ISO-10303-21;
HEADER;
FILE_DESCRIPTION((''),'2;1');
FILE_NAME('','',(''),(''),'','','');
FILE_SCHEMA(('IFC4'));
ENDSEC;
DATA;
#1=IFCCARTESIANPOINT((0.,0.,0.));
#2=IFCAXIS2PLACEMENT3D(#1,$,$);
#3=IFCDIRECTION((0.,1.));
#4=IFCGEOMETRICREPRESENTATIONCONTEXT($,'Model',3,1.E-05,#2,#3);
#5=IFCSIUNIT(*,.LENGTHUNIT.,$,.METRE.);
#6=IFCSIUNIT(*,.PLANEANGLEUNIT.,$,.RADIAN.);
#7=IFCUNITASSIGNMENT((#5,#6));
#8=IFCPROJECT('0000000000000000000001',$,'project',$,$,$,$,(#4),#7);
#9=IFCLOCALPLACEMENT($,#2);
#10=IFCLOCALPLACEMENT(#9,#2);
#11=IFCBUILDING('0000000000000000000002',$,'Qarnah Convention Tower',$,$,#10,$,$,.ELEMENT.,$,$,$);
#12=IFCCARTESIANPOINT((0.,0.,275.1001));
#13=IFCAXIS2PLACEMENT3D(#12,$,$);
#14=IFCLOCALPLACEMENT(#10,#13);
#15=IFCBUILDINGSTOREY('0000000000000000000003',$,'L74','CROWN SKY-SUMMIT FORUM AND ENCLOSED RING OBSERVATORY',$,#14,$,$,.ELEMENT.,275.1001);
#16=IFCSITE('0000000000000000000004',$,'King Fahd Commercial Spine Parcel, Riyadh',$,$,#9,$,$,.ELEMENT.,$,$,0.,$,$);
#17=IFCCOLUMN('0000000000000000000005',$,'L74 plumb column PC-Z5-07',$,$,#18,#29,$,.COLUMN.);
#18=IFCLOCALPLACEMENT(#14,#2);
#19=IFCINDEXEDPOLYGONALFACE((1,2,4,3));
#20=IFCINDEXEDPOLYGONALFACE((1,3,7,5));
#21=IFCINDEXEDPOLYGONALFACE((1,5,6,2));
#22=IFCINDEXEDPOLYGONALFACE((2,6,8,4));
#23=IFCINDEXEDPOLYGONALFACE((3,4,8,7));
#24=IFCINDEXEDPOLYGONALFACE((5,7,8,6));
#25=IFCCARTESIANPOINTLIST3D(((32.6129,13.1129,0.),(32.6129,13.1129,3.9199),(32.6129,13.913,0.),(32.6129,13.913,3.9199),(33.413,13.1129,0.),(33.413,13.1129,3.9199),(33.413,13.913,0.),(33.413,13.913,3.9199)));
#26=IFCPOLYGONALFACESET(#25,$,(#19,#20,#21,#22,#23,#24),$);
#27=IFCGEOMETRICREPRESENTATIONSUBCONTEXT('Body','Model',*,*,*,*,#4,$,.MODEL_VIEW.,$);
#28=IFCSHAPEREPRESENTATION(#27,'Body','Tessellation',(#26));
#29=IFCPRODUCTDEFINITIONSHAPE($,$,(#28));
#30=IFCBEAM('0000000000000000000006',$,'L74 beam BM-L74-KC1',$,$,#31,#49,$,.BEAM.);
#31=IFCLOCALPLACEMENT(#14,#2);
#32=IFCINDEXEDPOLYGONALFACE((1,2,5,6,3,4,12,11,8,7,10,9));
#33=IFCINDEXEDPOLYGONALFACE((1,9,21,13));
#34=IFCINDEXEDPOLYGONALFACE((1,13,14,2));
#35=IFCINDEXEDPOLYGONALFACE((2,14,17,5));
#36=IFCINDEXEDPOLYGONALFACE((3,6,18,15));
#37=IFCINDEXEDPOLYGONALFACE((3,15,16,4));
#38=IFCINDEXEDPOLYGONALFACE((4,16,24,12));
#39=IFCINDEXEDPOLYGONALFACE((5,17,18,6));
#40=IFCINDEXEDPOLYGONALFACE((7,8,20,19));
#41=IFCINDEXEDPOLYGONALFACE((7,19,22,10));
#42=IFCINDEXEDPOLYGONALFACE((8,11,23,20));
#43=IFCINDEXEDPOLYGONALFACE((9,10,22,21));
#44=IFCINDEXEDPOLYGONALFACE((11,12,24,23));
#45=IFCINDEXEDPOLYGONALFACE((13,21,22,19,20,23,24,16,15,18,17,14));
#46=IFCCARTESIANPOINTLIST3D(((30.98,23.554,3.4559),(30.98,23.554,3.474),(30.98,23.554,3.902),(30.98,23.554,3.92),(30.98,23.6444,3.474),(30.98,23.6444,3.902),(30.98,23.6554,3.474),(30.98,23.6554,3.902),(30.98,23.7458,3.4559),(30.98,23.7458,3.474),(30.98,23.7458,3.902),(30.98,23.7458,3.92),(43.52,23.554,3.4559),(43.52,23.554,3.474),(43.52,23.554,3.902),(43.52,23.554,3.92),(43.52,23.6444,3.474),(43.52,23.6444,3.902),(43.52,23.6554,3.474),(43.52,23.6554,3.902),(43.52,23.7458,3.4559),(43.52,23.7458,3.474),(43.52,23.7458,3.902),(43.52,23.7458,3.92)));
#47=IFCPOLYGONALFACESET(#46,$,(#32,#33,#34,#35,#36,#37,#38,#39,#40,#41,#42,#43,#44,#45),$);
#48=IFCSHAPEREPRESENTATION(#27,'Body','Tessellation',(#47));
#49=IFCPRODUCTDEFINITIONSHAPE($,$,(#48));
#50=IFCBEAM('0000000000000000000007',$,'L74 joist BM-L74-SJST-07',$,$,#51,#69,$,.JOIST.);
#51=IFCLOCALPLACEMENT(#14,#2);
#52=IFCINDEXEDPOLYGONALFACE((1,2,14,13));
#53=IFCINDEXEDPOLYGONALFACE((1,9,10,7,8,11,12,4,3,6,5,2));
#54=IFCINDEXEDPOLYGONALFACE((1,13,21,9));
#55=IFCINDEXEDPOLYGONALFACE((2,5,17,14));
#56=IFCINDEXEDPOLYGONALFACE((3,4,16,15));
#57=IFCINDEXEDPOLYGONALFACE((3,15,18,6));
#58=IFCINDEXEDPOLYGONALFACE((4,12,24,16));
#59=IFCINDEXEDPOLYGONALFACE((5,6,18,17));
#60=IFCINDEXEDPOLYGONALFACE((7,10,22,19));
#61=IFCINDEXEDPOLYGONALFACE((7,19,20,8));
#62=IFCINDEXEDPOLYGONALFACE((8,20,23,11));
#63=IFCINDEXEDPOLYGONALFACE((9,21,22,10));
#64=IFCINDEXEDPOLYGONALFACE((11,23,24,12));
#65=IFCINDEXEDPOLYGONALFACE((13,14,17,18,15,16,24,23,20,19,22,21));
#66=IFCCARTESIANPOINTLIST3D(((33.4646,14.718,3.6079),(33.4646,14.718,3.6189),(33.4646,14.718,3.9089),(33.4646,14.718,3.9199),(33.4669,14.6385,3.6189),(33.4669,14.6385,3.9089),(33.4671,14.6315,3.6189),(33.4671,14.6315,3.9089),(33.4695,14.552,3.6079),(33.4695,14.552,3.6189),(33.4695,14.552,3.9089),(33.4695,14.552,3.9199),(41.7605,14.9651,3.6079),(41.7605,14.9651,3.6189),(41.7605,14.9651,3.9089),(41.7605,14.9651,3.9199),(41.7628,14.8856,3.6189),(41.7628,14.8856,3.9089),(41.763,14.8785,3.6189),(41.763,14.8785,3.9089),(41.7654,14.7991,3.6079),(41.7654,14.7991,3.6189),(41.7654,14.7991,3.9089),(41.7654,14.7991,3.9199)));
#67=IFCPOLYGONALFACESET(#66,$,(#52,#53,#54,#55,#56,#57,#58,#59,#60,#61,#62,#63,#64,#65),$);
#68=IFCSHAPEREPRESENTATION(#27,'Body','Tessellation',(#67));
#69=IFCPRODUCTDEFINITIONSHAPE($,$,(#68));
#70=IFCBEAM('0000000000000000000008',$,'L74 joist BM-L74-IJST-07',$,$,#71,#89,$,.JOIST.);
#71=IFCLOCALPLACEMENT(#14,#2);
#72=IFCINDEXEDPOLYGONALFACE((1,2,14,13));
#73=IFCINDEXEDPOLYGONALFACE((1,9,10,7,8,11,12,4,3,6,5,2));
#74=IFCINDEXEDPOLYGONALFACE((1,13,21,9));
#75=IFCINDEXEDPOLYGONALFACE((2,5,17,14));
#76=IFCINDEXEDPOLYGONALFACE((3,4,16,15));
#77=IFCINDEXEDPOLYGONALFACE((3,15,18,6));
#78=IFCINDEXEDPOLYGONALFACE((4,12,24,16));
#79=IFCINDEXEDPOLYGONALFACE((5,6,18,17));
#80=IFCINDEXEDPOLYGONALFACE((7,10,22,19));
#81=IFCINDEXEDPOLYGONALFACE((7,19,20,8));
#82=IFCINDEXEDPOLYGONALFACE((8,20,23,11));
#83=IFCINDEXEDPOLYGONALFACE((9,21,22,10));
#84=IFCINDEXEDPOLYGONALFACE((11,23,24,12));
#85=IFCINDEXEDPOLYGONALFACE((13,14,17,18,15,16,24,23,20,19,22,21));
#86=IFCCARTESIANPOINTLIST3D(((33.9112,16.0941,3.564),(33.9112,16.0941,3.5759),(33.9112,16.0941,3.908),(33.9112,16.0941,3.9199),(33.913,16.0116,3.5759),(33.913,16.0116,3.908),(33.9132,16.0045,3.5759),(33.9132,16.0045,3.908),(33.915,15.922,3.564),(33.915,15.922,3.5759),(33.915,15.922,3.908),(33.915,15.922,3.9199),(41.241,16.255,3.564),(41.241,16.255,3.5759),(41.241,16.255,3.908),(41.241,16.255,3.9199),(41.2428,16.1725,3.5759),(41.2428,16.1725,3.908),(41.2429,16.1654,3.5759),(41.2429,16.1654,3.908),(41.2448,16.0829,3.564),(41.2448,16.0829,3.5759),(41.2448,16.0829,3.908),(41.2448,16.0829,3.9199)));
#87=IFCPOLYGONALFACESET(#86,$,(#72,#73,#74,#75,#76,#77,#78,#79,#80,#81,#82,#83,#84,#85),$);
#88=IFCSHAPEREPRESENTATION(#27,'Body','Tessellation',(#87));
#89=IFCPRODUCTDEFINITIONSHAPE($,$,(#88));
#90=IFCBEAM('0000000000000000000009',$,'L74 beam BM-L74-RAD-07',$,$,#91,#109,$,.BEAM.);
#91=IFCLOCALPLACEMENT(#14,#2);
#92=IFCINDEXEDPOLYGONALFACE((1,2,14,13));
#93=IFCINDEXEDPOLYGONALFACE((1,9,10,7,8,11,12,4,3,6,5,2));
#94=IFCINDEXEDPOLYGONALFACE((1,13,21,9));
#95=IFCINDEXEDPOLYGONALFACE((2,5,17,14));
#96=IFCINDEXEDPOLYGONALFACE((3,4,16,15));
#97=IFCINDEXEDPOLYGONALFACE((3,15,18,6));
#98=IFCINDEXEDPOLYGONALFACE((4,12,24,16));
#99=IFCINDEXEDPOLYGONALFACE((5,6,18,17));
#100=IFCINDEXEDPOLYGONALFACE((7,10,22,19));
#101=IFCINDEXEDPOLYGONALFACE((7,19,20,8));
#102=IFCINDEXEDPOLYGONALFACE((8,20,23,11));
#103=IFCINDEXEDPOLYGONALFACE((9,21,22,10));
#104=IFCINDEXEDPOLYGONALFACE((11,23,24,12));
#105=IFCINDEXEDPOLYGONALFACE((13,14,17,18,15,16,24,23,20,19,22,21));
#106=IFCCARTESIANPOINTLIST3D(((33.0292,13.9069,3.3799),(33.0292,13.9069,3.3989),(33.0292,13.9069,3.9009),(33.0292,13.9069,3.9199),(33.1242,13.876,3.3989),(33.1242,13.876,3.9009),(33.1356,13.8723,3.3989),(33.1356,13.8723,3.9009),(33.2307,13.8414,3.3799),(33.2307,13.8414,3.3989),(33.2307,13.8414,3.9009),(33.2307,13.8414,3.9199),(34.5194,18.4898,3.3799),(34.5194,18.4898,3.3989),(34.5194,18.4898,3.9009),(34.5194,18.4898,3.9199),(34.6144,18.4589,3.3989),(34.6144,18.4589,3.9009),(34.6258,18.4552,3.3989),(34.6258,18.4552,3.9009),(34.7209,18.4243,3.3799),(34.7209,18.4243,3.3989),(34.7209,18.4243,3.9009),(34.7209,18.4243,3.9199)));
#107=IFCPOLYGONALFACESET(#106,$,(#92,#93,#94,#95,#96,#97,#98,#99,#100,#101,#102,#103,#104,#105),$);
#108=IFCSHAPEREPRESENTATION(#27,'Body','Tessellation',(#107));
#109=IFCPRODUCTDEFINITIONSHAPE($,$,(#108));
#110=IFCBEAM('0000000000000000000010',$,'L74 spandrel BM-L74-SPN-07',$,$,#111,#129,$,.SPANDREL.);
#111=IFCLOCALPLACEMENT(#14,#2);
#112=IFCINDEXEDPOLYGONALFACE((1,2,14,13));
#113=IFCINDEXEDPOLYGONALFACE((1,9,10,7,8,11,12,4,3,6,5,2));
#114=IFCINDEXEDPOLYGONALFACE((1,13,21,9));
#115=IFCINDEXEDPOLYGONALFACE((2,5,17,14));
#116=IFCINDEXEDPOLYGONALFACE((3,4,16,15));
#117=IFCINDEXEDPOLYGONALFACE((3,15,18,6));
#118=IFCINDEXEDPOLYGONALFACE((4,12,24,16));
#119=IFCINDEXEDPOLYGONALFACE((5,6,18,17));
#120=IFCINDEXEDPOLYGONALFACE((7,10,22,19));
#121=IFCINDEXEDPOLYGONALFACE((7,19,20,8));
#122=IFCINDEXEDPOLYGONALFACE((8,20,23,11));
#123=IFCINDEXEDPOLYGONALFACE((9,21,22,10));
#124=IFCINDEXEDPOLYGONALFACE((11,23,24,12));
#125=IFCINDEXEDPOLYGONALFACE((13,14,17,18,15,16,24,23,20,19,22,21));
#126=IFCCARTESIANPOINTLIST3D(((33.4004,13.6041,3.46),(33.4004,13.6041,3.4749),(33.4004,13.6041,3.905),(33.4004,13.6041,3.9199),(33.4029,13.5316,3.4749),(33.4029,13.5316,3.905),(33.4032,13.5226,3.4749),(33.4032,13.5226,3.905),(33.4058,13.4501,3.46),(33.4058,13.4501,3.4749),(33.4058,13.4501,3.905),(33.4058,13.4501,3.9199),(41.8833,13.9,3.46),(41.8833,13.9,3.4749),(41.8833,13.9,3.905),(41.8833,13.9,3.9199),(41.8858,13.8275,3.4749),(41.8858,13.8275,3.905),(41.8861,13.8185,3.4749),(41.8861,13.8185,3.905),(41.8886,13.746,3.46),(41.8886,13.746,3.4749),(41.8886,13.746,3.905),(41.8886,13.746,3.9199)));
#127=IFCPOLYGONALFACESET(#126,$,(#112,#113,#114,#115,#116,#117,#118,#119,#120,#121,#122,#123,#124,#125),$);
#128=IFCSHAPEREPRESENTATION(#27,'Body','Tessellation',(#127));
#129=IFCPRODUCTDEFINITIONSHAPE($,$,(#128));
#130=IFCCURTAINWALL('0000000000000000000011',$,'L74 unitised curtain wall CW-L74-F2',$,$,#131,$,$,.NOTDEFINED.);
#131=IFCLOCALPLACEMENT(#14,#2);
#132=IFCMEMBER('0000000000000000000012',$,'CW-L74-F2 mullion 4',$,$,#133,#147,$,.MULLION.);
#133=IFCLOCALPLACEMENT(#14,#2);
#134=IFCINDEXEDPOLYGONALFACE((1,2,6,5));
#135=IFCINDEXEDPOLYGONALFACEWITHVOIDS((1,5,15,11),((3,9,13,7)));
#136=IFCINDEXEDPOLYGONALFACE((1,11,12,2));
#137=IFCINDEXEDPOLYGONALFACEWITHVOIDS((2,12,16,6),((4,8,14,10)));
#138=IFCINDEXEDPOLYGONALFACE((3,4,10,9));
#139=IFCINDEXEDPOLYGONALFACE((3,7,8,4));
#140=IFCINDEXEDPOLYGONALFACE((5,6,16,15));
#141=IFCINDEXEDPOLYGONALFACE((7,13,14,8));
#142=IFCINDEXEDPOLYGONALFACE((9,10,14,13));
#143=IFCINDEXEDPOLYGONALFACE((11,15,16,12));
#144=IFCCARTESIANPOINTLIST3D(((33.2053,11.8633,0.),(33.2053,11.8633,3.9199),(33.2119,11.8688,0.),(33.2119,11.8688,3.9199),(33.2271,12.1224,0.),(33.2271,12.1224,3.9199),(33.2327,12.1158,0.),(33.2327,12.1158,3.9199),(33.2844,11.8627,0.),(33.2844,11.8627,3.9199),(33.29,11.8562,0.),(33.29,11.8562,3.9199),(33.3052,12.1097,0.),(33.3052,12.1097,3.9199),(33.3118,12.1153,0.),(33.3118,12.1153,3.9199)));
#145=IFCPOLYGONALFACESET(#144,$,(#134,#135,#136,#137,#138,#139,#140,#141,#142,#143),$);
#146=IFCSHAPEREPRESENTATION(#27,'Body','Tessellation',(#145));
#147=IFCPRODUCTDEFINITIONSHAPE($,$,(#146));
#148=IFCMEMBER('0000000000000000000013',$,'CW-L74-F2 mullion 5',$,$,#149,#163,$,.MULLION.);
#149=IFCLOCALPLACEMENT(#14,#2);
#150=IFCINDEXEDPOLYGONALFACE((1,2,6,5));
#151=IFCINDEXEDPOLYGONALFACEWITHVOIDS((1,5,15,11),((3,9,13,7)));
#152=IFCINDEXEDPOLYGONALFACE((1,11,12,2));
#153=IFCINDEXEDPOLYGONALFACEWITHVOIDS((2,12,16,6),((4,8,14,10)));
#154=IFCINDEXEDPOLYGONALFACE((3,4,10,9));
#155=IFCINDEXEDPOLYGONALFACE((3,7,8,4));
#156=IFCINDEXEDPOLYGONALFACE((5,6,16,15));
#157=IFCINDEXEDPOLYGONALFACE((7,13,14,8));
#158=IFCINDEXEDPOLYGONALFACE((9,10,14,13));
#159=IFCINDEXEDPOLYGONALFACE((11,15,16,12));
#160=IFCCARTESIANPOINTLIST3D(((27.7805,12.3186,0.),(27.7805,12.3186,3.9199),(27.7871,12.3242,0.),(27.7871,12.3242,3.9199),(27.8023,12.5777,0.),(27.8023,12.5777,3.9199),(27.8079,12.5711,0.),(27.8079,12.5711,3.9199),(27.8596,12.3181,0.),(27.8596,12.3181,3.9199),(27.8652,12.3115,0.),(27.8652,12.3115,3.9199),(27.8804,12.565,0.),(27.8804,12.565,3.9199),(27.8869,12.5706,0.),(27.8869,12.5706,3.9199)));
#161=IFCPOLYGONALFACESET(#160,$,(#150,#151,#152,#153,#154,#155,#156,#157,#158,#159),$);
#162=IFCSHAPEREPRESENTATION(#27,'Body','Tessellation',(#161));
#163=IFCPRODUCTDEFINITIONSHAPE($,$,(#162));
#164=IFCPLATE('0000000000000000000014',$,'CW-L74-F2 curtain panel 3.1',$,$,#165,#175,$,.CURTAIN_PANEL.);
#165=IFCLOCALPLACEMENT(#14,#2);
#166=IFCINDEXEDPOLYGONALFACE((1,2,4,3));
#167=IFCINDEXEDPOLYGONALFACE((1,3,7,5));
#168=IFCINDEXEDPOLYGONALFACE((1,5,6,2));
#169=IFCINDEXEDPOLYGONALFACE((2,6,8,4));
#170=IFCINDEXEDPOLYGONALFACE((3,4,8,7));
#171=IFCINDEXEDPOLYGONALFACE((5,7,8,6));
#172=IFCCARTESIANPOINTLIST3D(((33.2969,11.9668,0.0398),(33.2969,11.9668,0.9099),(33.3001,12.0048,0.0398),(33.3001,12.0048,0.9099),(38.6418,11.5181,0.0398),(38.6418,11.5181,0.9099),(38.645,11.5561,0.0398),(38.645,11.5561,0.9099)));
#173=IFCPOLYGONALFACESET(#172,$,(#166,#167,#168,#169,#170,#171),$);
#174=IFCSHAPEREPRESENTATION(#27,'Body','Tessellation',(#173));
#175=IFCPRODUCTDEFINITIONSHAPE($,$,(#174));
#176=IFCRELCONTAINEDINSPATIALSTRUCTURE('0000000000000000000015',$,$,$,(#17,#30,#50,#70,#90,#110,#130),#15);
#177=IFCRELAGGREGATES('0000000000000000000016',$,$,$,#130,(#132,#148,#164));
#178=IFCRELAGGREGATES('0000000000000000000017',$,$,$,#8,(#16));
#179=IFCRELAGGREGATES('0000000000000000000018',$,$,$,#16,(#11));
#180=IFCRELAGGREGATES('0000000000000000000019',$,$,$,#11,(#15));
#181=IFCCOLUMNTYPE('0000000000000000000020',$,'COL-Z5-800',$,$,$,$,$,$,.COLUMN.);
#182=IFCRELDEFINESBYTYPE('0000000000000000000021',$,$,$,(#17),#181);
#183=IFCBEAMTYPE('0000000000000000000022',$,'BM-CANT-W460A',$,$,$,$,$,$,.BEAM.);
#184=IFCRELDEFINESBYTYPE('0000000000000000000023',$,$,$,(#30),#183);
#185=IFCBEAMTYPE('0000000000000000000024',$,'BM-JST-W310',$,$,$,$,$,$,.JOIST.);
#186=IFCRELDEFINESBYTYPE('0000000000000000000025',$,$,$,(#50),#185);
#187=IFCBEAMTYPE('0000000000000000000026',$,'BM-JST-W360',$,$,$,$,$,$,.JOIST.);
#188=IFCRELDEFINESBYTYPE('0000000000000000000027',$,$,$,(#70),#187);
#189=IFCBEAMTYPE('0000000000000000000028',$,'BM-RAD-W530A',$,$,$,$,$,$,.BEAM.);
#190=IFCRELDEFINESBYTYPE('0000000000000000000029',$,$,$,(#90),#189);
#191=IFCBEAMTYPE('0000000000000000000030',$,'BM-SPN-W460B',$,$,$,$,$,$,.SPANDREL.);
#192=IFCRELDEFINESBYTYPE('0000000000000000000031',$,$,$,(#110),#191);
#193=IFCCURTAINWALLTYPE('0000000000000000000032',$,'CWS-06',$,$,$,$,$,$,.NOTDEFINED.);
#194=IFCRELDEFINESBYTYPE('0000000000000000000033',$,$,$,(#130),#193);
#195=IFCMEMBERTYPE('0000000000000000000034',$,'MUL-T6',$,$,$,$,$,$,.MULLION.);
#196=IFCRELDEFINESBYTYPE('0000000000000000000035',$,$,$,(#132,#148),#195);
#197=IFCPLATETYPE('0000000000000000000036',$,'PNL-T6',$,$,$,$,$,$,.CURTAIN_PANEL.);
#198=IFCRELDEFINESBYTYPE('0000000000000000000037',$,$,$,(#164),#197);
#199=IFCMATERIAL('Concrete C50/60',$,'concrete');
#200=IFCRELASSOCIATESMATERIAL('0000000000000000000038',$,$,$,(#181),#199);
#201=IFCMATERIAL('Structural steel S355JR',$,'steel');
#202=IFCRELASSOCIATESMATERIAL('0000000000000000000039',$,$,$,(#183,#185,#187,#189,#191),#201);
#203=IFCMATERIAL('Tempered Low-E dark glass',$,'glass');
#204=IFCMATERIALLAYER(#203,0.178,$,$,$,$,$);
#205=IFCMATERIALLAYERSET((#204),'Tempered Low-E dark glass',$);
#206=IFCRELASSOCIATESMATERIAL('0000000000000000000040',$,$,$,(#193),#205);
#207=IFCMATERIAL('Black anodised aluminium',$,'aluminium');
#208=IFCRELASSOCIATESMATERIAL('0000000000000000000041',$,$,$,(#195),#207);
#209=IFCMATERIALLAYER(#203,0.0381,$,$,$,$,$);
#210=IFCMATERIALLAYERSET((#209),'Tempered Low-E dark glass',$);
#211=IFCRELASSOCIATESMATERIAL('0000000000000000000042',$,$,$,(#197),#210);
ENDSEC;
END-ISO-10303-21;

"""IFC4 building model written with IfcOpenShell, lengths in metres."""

from ifc_helpers import new_model, si_unit, direction, frame, origin, origin_2d, place, context, subcontext, project, spatial, rectangle, hollow_rectangle, i_section, extrude, material, layer, layer_set, material_profile, profile_set, type_object, element, aggregate, save


model = new_model("IFC4")

# Units and contexts
model_context = context("Model", 3, precision=1e-05, world=origin(), true_north=direction((0.0, 1.0)))
body_context = subcontext(model_context, "Body", "Model", "MODEL_VIEW")
ifc_project = project(units=[si_unit("LENGTHUNIT", "METRE"), si_unit("PLANEANGLEUNIT", "RADIAN")], contexts=[model_context])

# Site, building, storey
site_placement = place(None, origin())
site = spatial("IfcSite", under=ifc_project, at=site_placement, Name="King Fahd Commercial Spine Parcel, Riyadh", CompositionType="ELEMENT", RefElevation=0.0)
building_placement = place(site_placement, origin())
building = spatial("IfcBuilding", under=site, at=building_placement, Name="Qarnah Convention Tower", CompositionType="ELEMENT")
storey_placement = place(building_placement, frame((0.0, 0.0, 275.1001)))
storey = spatial("IfcBuildingStorey", under=building, at=storey_placement, Name="L74", Description="CROWN SKY-SUMMIT FORUM AND ENCLOSED RING OBSERVATORY", CompositionType="ELEMENT", Elevation=275.1001)

# Column
ifc_material_1 = material(Name="Concrete C50/60", Category="concrete")
ifc_material_profile_1 = material_profile(ifc_material_1, rectangle(XDim=0.8, YDim=0.8, at=origin_2d()), Name="RC-COL-800X800")
ifc_profile_set_1 = profile_set([ifc_material_profile_1], Name="Concrete C50/60")
column_type = type_object("IfcColumnType", Name="COL-Z5-800", PredefinedType="COLUMN", material=ifc_profile_set_1)
column_placement = place(storey_placement, frame((33.0129, 13.5129, 0.0), z_axis=(0.0, 0.0, 1.0), x_axis=(1.0, 0.0, 0.0)))
element("IfcColumn", 1, at=column_placement, inside=storey, type_object=column_type, Name="L74 plumb column PC-Z5-07", PredefinedType="COLUMN", context=body_context, shape_type="SweptSolid", body=[
    extrude(rectangle(XDim=0.8, YDim=0.8, at=origin_2d()), origin(), (0.0, 0.0, 1.0), 3.9199),
])

# Beams
ifc_material_2 = material(Name="Structural steel S355JR", Category="steel")
ifc_material_profile_2 = material_profile(ifc_material_2, i_section(OverallWidth=0.1919, OverallDepth=0.4641, WebThickness=0.011, FlangeThickness=0.0181, at=origin_2d()), Name="W460X89")
ifc_profile_set_2 = profile_set([ifc_material_profile_2], Name="Structural steel S355JR")
beam_type_1 = type_object("IfcBeamType", Name="BM-CANT-W460A", PredefinedType="BEAM", material=ifc_profile_set_2)
beam_1_placement = place(storey_placement, frame((30.98, 23.6499, 3.688), z_axis=(1.0, 0.0, 0.0), x_axis=(0.0, 1.0, 0.0)))
element("IfcBeam", 2, at=beam_1_placement, inside=storey, type_object=beam_type_1, Name="L74 beam BM-L74-KC1", PredefinedType="BEAM", context=body_context, shape_type="SweptSolid", body=[
    extrude(i_section(OverallWidth=0.1919, OverallDepth=0.4641, WebThickness=0.011, FlangeThickness=0.0181, at=origin_2d()), origin(), (0.0, 0.0, 1.0), 12.54),
])
ifc_material_profile_3 = material_profile(ifc_material_2, i_section(OverallWidth=0.166, OverallDepth=0.312, WebThickness=0.0071, FlangeThickness=0.011, at=origin_2d()), Name="W310X45")
ifc_profile_set_3 = profile_set([ifc_material_profile_3], Name="Structural steel S355JR")
beam_type_2 = type_object("IfcBeamType", Name="BM-JST-W310", PredefinedType="JOIST", material=ifc_profile_set_3)
beam_2_placement = place(storey_placement, frame((33.467, 14.635, 3.7639), z_axis=(0.999557, 0.029769, 0.0), x_axis=(-0.029769, 0.999557, 0.0)))
element("IfcBeam", 3, at=beam_2_placement, inside=storey, type_object=beam_type_2, Name="L74 joist BM-L74-SJST-07", PredefinedType="JOIST", context=body_context, shape_type="SweptSolid", body=[
    extrude(i_section(OverallWidth=0.166, OverallDepth=0.312, WebThickness=0.0071, FlangeThickness=0.011, at=origin_2d()), origin(), (0.0, 0.0, 1.0), 8.2996),
])
ifc_material_profile_4 = material_profile(ifc_material_2, i_section(OverallWidth=0.1721, OverallDepth=0.356, WebThickness=0.0071, FlangeThickness=0.012, at=origin_2d()), Name="W360X51")
ifc_profile_set_4 = profile_set([ifc_material_profile_4], Name="Structural steel S355JR")
beam_type_3 = type_object("IfcBeamType", Name="BM-JST-W360", PredefinedType="JOIST", material=ifc_profile_set_4)
beam_3_placement = place(storey_placement, frame((33.9131, 16.0081, 3.7419), z_axis=(0.999759, 0.021945, 0.0), x_axis=(-0.021945, 0.999759, 0.0)))
element("IfcBeam", 4, at=beam_3_placement, inside=storey, type_object=beam_type_3, Name="L74 joist BM-L74-IJST-07", PredefinedType="JOIST", context=body_context, shape_type="SweptSolid", body=[
    extrude(i_section(OverallWidth=0.1721, OverallDepth=0.356, WebThickness=0.0071, FlangeThickness=0.012, at=origin_2d()), origin(), (0.0, 0.0, 1.0), 7.3315),
])
ifc_material_profile_5 = material_profile(ifc_material_2, i_section(OverallWidth=0.2119, OverallDepth=0.54, WebThickness=0.012, FlangeThickness=0.019, at=origin_2d()), Name="W530X109")
ifc_profile_set_5 = profile_set([ifc_material_profile_5], Name="Structural steel S355JR")
beam_type_4 = type_object("IfcBeamType", Name="BM-RAD-W530A", PredefinedType="BEAM", material=ifc_profile_set_5)
beam_4_placement = place(storey_placement, frame((34.6201, 18.457, 3.6499), z_axis=(-0.309228, -0.950988, 0.0), x_axis=(0.950988, -0.309228, 0.0)))
element("IfcBeam", 5, at=beam_4_placement, inside=storey, type_object=beam_type_4, Name="L74 beam BM-L74-RAD-07", PredefinedType="BEAM", context=body_context, shape_type="SweptSolid", body=[
    extrude(i_section(OverallWidth=0.2119, OverallDepth=0.54, WebThickness=0.012, FlangeThickness=0.019, at=origin_2d()), origin(), (0.0, 0.0, 1.0), 4.8191),
])
ifc_material_profile_6 = material_profile(ifc_material_2, i_section(OverallWidth=0.1541, OverallDepth=0.46, WebThickness=0.009, FlangeThickness=0.0149, at=origin_2d()), Name="W460X68")
ifc_profile_set_6 = profile_set([ifc_material_profile_6], Name="Structural steel S355JR")
beam_type_5 = type_object("IfcBeamType", Name="BM-SPN-W460B", PredefinedType="SPANDREL", material=ifc_profile_set_6)
beam_5_placement = place(storey_placement, frame((33.4031, 13.5271, 3.6899), z_axis=(0.999392, 0.034861, 0.0), x_axis=(-0.034861, 0.999392, 0.0)))
element("IfcBeam", 6, at=beam_5_placement, inside=storey, type_object=beam_type_5, Name="L74 spandrel BM-L74-SPN-07", PredefinedType="SPANDREL", context=body_context, shape_type="SweptSolid", body=[
    extrude(i_section(OverallWidth=0.1541, OverallDepth=0.46, WebThickness=0.009, FlangeThickness=0.0149, at=origin_2d()), origin(), (0.0, 0.0, 1.0), 8.488),
])

# Curtain wall, members, plate
ifc_material_3 = material(Name="Tempered Low-E dark glass", Category="glass")
ifc_layer_1 = layer(ifc_material_3, 0.178)
ifc_layer_set_1 = layer_set([ifc_layer_1], Name="Tempered Low-E dark glass")
curtain_wall_type = type_object("IfcCurtainWallType", Name="CWS-06", PredefinedType="NOTDEFINED", material=ifc_layer_set_1)
curtain_wall_placement = place(storey_placement, origin())
curtain_wall = element("IfcCurtainWall", 7, at=curtain_wall_placement, inside=storey, type_object=curtain_wall_type, Name="L74 unitised curtain wall CW-L74-F2", PredefinedType="NOTDEFINED")
ifc_material_4 = material(Name="Black anodised aluminium", Category="aluminium")
ifc_material_profile_7 = material_profile(ifc_material_4, hollow_rectangle(XDim=0.085, YDim=0.26, WallThickness=0.0061, at=origin_2d()), Name="MUL-85X260")
ifc_profile_set_7 = profile_set([ifc_material_profile_7], Name="Black anodised aluminium")
member_type = type_object("IfcMemberType", Name="MUL-T6", PredefinedType="MULLION", material=ifc_profile_set_7)
member_1_placement = place(storey_placement, frame((33.2585, 11.9893, 0.0), z_axis=(0.0, 0.0, 1.0), x_axis=(-0.996495, 0.083654, 0.0)))
member_1 = element("IfcMember", 8, at=member_1_placement, type_object=member_type, Name="CW-L74-F2 mullion 4", PredefinedType="MULLION", context=body_context, shape_type="SweptSolid", body=[
    extrude(hollow_rectangle(XDim=0.085, YDim=0.26, WallThickness=0.0061, at=origin_2d()), origin(), (0.0, 0.0, 1.0), 3.9199),
])
member_2_placement = place(storey_placement, frame((27.8337, 12.4446, 0.0), z_axis=(0.0, 0.0, 1.0), x_axis=(-0.996495, 0.083654, 0.0)))
member_2 = element("IfcMember", 9, at=member_2_placement, type_object=member_type, Name="CW-L74-F2 mullion 5", PredefinedType="MULLION", context=body_context, shape_type="SweptSolid", body=[
    extrude(hollow_rectangle(XDim=0.085, YDim=0.26, WallThickness=0.0061, at=origin_2d()), origin(), (0.0, 0.0, 1.0), 3.9199),
])
ifc_layer_2 = layer(ifc_material_3, 0.0381)
ifc_layer_set_2 = layer_set([ifc_layer_2], Name="Tempered Low-E dark glass")
plate_type = type_object("IfcPlateType", Name="PNL-T6", PredefinedType="CURTAIN_PANEL", material=ifc_layer_set_2)
plate_1_placement = place(storey_placement, frame((35.9709, 11.7615, 0.0398), z_axis=(0.0, 0.0, 1.0), x_axis=(-0.996495, 0.083654, 0.0)))
plate_1 = element("IfcPlate", 10, at=plate_1_placement, type_object=plate_type, Name="CW-L74-F2 curtain panel 3.1", PredefinedType="CURTAIN_PANEL", context=body_context, shape_type="SweptSolid", body=[
    extrude(rectangle(XDim=5.3638, YDim=0.0381, at=origin_2d()), origin(), (0.0, 0.0, 1.0), 0.8701),
])
aggregate(curtain_wall, [member_1, member_2, plate_1])

save(model, "model.ifc")
